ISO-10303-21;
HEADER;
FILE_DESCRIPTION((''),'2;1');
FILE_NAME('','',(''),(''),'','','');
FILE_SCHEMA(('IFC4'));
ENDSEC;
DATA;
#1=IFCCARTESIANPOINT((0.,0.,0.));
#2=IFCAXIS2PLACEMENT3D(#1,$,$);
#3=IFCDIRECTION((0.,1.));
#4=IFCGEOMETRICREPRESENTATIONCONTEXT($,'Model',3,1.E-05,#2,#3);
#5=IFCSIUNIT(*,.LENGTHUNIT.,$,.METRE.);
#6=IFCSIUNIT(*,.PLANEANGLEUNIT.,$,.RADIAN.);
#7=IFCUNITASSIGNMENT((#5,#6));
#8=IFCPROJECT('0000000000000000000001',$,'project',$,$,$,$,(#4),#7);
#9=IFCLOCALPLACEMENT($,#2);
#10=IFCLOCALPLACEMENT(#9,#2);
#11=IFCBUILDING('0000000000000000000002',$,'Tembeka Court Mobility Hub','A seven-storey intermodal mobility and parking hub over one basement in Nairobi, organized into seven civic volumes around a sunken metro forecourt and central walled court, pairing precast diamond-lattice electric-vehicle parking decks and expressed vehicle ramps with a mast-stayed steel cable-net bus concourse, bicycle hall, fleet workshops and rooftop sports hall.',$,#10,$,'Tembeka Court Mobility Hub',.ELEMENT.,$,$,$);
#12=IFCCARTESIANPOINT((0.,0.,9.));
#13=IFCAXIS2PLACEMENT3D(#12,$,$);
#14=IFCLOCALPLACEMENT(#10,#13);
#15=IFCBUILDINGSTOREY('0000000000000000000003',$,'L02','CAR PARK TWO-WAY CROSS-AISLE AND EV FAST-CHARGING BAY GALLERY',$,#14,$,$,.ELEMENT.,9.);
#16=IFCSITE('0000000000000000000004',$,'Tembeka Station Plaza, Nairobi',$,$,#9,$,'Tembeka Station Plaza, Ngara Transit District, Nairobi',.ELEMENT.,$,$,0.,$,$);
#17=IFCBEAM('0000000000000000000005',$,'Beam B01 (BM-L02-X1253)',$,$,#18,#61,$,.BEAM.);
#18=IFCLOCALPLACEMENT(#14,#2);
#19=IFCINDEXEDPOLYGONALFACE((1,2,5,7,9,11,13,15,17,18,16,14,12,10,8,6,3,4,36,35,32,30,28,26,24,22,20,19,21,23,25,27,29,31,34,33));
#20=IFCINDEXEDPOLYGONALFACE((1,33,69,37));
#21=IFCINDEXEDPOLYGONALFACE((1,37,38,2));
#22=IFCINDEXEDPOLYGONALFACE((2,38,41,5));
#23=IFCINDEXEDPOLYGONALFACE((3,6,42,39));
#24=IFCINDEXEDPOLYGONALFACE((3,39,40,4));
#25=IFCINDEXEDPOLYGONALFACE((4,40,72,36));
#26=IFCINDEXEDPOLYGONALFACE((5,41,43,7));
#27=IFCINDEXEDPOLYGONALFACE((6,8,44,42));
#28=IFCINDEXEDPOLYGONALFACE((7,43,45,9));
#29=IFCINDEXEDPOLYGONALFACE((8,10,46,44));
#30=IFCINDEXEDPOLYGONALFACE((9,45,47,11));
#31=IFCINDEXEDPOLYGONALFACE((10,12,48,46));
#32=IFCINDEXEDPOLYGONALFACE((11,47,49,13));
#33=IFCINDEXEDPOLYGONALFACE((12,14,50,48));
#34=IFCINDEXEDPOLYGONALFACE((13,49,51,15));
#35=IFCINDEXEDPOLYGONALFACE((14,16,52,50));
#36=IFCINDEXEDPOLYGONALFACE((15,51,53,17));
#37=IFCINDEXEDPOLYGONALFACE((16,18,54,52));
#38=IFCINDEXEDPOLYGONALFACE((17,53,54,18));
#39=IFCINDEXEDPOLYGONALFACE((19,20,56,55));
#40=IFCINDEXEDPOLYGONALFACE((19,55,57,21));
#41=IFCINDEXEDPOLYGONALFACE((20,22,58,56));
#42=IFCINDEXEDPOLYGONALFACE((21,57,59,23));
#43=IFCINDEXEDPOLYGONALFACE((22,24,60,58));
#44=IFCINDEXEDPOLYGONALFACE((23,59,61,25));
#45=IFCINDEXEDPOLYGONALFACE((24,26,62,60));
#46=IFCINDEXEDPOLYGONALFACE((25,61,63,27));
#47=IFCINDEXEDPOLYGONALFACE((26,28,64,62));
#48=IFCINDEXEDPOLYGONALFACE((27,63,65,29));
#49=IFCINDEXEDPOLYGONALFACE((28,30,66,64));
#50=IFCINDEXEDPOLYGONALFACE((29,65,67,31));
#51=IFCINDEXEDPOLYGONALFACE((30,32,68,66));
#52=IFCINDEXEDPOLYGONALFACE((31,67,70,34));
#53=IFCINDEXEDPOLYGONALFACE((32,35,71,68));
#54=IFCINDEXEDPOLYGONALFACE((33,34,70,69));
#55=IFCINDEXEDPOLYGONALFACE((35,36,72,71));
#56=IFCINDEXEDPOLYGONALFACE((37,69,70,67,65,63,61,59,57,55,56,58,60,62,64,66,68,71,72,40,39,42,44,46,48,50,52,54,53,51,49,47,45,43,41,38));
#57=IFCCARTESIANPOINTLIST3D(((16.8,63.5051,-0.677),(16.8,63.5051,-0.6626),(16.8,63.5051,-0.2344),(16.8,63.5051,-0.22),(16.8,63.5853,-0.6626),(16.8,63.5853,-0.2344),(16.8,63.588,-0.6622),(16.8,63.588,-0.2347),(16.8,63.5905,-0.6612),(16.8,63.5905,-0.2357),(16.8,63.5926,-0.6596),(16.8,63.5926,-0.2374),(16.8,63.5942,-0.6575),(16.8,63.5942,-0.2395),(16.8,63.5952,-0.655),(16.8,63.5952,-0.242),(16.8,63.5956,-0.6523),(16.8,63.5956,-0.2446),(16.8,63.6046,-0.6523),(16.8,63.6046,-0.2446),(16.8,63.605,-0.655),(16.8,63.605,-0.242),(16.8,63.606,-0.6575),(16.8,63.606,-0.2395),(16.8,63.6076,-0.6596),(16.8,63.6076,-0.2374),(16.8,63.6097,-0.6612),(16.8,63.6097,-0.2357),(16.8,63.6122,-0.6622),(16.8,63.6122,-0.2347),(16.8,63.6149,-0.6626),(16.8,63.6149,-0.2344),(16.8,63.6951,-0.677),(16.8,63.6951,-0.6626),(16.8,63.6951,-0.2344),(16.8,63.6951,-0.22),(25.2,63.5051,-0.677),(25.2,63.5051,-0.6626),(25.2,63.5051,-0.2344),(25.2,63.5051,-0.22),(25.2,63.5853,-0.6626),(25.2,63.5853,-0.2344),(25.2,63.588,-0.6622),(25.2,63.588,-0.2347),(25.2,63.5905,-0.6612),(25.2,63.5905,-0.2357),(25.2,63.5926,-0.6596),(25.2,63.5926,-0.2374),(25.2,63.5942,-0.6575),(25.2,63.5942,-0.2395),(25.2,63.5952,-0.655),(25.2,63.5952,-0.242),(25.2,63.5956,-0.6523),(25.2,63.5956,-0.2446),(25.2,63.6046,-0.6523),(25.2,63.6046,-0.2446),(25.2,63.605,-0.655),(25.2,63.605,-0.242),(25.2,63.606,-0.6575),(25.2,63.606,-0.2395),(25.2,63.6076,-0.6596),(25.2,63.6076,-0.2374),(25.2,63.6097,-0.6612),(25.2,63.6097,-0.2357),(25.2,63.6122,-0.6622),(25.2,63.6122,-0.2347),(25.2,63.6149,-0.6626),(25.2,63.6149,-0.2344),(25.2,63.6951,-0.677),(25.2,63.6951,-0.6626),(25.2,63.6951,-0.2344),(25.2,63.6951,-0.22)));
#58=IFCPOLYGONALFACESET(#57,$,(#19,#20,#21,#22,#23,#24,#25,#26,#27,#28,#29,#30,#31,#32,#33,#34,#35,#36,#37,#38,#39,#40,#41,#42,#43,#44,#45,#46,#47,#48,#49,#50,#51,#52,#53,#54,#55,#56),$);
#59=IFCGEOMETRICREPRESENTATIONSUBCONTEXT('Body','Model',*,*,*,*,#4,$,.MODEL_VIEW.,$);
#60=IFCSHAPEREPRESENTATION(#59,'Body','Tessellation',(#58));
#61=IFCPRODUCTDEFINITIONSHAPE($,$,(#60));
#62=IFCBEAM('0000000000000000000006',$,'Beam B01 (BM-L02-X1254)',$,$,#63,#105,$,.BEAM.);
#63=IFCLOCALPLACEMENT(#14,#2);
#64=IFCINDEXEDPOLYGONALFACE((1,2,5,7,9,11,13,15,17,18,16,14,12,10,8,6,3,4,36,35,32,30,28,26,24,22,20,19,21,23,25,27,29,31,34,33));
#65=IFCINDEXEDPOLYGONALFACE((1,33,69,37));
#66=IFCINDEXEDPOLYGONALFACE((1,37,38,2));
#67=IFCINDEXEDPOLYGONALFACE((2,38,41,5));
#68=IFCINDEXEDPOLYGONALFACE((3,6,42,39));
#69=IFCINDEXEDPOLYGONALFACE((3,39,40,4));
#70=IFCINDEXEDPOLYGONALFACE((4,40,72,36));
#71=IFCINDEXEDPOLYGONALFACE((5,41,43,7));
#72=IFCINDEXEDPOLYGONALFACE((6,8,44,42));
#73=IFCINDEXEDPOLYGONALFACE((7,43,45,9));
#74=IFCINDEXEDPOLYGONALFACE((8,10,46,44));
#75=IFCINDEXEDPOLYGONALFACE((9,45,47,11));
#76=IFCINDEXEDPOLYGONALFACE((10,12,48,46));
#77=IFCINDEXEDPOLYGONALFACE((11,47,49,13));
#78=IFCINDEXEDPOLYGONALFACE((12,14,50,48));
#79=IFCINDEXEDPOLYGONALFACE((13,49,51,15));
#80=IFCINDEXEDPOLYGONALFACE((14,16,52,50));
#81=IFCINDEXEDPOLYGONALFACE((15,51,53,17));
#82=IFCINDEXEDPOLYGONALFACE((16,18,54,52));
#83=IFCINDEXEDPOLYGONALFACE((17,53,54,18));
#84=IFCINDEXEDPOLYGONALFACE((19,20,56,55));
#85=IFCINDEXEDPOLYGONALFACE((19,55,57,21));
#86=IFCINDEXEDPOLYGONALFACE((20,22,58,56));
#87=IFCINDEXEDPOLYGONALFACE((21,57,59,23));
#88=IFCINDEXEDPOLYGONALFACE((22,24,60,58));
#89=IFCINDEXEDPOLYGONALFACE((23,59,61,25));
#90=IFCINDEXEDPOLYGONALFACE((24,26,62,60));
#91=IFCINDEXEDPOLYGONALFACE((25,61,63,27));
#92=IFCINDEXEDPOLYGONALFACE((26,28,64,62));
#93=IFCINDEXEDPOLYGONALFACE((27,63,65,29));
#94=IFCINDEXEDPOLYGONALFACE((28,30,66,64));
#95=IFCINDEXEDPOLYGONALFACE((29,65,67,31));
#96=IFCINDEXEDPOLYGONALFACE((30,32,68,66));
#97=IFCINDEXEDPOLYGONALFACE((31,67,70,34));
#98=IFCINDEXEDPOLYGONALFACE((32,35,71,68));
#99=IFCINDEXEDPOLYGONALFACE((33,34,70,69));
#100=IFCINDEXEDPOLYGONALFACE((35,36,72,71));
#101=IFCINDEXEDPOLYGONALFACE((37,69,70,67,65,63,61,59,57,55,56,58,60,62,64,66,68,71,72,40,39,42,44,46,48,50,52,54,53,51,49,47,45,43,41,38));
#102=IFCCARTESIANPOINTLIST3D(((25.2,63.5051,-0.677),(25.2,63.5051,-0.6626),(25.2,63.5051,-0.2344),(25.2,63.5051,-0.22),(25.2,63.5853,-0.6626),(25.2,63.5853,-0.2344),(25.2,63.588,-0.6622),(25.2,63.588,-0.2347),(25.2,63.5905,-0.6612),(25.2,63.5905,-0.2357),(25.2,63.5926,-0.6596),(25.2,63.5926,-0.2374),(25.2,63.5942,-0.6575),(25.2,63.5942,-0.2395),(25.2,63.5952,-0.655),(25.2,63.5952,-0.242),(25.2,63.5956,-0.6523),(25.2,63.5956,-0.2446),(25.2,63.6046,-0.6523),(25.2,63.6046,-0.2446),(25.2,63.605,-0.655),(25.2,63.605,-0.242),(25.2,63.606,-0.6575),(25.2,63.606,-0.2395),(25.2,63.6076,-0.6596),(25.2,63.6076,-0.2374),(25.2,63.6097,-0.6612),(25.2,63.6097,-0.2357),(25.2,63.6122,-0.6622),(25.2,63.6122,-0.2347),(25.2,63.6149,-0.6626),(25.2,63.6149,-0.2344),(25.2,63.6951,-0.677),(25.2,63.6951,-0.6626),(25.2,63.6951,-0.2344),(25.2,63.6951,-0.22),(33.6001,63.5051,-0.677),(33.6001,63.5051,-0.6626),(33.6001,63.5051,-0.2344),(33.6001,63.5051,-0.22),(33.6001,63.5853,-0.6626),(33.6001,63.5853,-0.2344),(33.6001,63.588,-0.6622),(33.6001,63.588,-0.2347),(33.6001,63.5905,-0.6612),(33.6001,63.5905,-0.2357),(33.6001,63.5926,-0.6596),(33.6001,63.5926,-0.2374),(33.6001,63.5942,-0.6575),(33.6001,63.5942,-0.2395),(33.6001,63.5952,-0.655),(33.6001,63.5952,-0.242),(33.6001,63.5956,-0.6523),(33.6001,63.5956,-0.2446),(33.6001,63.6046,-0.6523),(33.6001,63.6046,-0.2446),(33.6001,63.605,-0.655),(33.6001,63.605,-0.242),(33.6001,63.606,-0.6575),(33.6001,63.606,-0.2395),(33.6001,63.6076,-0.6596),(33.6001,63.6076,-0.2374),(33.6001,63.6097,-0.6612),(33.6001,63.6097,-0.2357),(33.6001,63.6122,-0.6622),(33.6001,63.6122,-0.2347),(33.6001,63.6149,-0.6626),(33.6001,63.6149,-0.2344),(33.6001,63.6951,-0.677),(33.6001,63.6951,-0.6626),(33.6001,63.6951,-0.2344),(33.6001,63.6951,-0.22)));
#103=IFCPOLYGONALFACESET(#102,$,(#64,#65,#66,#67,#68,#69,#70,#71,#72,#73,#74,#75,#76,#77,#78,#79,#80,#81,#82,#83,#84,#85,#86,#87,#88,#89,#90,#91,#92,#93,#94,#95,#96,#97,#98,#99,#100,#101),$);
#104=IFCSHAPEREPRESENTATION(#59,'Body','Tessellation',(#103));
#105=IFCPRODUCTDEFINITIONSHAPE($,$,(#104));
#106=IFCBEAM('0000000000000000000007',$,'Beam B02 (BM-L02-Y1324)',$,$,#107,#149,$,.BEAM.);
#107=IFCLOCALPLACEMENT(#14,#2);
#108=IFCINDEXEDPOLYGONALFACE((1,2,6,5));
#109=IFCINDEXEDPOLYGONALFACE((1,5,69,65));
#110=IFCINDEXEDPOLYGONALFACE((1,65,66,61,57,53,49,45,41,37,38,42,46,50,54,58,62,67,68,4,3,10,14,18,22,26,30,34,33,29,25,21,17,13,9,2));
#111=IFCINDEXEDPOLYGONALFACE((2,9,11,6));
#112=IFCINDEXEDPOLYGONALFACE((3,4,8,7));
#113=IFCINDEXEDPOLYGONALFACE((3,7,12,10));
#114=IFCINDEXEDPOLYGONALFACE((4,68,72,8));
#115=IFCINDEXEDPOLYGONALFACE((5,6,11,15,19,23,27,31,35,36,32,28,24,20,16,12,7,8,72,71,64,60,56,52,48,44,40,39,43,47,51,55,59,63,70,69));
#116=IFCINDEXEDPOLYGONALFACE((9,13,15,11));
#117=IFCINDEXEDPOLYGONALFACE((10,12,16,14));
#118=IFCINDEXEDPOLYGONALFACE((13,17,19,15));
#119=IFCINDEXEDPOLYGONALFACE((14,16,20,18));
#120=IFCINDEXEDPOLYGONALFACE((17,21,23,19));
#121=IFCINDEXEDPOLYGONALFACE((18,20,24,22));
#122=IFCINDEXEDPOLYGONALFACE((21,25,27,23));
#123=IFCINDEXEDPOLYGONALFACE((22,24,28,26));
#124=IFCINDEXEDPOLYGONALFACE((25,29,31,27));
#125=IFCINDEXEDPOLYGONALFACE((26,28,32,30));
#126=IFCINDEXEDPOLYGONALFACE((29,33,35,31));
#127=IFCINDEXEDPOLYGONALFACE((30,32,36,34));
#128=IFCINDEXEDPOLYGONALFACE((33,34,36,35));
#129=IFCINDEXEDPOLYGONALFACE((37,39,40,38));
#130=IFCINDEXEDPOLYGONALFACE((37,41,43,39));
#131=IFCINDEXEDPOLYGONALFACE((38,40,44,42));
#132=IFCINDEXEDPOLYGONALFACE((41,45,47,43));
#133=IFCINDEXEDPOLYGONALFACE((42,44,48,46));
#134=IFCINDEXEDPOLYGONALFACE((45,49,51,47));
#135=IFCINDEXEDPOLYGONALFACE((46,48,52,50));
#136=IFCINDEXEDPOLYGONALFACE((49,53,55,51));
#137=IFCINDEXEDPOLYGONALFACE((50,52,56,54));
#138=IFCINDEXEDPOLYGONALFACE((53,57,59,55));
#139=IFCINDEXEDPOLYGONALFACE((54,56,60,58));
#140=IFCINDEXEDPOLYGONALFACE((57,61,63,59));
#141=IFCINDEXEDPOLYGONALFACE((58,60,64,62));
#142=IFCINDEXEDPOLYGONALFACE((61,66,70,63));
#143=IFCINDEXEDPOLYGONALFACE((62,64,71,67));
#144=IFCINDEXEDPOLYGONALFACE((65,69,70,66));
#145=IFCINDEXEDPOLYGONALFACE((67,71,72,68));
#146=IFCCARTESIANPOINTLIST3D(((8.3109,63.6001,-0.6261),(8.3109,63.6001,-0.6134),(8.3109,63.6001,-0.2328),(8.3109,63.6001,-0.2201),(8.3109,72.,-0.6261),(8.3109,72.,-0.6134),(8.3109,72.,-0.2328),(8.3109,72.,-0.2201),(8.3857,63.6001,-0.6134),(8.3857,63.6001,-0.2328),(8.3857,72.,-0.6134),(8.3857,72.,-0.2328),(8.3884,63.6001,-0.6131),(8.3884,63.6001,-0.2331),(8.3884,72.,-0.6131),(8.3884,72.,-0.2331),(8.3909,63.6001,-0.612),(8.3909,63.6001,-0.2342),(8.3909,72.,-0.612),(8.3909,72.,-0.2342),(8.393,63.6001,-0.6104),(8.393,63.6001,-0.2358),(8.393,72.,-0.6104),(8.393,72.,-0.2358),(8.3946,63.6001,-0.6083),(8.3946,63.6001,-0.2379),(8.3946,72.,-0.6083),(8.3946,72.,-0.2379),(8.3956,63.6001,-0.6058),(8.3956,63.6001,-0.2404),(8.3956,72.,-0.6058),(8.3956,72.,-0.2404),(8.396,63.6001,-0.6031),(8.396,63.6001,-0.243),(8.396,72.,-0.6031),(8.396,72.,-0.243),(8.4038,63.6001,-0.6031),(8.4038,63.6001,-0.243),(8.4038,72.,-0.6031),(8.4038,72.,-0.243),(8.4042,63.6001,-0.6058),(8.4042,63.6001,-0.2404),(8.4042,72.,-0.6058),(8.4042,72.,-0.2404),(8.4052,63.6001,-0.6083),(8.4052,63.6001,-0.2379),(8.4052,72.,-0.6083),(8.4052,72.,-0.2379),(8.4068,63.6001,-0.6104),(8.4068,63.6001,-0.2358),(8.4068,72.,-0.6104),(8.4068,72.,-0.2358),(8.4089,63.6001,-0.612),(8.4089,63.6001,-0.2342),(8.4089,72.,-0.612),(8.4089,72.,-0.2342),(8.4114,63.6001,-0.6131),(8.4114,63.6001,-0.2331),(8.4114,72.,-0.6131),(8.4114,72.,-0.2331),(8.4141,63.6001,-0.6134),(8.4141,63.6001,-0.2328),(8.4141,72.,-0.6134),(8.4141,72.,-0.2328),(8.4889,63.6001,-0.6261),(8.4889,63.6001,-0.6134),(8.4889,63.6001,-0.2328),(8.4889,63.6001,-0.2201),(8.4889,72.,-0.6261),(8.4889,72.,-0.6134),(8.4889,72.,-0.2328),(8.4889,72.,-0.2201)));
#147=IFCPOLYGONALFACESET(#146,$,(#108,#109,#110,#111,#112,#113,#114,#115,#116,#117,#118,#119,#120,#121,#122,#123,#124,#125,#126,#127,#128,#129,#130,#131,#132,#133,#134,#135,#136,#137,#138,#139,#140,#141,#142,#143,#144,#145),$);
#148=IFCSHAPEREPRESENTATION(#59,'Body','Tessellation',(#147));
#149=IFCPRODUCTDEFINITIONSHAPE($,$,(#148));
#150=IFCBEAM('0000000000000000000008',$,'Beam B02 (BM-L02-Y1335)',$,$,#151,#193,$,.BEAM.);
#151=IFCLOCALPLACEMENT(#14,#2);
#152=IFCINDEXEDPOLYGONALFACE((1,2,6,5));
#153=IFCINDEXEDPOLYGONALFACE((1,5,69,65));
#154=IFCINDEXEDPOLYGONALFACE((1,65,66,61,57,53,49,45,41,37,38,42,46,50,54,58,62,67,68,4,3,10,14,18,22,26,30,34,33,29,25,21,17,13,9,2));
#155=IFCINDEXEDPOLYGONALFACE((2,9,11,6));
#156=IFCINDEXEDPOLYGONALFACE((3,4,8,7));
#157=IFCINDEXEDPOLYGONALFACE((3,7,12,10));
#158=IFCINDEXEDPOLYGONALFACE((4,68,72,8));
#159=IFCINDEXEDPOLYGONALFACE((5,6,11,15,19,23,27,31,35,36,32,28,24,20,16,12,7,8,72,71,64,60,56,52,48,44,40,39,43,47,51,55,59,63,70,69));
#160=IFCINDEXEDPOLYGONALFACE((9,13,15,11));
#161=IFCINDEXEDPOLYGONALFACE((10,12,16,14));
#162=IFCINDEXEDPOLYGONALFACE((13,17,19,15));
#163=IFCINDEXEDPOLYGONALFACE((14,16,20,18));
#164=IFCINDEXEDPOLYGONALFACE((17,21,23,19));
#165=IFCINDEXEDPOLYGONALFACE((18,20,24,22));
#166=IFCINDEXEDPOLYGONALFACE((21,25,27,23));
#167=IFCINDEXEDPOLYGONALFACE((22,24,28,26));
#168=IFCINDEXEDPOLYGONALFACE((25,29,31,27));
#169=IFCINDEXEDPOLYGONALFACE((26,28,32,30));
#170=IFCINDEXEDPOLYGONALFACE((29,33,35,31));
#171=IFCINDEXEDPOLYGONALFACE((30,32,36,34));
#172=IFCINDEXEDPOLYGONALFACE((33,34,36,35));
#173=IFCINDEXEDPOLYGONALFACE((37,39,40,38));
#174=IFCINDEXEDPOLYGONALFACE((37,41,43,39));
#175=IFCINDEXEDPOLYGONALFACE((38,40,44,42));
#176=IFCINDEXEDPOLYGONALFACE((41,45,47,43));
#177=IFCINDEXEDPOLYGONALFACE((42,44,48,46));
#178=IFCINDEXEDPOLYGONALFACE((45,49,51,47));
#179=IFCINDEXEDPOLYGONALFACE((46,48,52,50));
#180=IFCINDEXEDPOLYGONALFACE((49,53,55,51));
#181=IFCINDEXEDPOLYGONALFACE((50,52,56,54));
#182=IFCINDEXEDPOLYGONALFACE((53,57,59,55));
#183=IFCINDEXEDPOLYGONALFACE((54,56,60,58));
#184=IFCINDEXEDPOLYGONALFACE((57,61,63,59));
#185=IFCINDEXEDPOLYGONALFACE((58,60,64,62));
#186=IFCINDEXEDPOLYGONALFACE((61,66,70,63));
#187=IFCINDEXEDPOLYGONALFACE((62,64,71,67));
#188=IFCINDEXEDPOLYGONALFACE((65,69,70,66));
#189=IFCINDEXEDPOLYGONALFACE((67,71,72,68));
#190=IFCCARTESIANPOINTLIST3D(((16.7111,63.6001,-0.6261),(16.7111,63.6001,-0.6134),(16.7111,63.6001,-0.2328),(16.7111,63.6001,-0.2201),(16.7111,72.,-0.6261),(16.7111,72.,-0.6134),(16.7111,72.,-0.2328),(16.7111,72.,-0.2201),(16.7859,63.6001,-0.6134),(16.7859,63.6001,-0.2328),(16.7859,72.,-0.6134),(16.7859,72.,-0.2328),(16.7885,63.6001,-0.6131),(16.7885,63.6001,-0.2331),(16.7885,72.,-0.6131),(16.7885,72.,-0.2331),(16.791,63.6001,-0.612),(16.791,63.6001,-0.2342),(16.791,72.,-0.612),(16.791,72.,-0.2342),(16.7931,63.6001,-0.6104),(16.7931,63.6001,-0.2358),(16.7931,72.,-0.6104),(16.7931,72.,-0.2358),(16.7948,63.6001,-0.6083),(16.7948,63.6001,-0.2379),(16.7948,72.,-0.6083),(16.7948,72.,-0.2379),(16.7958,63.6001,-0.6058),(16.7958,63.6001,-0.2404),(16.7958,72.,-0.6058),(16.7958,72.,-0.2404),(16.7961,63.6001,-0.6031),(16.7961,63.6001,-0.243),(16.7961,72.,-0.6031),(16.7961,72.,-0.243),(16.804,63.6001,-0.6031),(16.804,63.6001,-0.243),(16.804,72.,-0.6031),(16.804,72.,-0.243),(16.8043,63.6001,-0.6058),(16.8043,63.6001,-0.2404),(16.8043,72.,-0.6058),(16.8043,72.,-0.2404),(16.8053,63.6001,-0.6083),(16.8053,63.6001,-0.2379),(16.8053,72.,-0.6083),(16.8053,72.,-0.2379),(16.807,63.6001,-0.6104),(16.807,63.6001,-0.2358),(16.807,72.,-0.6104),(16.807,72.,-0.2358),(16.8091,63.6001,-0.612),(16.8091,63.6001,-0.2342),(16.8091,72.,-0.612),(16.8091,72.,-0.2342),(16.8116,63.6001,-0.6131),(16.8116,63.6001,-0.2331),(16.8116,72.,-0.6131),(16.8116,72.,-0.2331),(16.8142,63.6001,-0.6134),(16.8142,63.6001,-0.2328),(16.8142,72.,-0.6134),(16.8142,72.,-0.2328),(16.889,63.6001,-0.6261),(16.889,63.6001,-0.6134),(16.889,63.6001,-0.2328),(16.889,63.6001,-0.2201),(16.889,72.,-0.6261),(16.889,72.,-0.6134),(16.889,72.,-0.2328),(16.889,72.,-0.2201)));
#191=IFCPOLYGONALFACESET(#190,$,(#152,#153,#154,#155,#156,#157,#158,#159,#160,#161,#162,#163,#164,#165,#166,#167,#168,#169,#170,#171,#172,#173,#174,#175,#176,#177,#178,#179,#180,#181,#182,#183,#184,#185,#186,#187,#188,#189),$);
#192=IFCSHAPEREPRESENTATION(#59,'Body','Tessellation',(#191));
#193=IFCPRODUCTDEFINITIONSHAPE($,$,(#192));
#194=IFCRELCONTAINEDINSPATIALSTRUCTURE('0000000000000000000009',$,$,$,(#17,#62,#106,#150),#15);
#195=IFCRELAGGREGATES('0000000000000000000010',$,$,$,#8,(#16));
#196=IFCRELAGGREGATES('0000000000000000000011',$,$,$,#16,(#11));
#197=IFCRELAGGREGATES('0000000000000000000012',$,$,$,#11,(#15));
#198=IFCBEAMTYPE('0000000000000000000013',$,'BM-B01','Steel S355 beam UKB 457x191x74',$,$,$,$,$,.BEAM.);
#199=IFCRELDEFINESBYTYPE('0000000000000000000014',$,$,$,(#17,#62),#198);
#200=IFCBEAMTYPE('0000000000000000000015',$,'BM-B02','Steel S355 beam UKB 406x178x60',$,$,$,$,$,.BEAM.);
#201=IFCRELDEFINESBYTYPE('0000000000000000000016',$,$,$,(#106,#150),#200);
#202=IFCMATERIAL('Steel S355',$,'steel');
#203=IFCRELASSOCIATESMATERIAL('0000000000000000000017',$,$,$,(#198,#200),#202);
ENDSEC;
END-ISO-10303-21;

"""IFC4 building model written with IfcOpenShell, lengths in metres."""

from ifc_helpers import new_model, si_unit, direction, frame, origin, origin_2d, place, context, subcontext, project, spatial, i_section, extrude, material, material_profile, profile_set, type_object, element, save


model = new_model("IFC4")

# Units and contexts
model_context = context("Model", 3, precision=1e-05, world=origin(), true_north=direction((0.0, 1.0)))
body_context = subcontext(model_context, "Body", "Model", "MODEL_VIEW")
ifc_project = project(units=[si_unit("LENGTHUNIT", "METRE"), si_unit("PLANEANGLEUNIT", "RADIAN")], contexts=[model_context])

# Site, building, storey
site_placement = place(None, origin())
site = spatial("IfcSite", under=ifc_project, at=site_placement, Name="Tembeka Station Plaza, Nairobi", LongName="Tembeka Station Plaza, Ngara Transit District, Nairobi", CompositionType="ELEMENT", RefElevation=0.0)
building_placement = place(site_placement, origin())
building = spatial("IfcBuilding", under=site, at=building_placement, Name="Tembeka Court Mobility Hub", Description="A seven-storey intermodal mobility and parking hub over one basement in Nairobi, organized into seven civic volumes around a sunken metro forecourt and central walled court, pairing precast diamond-lattice electric-vehicle parking decks and expressed vehicle ramps with a mast-stayed steel cable-net bus concourse, bicycle hall, fleet workshops and rooftop sports hall.", LongName="Tembeka Court Mobility Hub", CompositionType="ELEMENT")
storey_placement = place(building_placement, frame((0.0, 0.0, 9.0)))
storey = spatial("IfcBuildingStorey", under=building, at=storey_placement, Name="L02", Description="CAR PARK TWO-WAY CROSS-AISLE AND EV FAST-CHARGING BAY GALLERY", CompositionType="ELEMENT", Elevation=9.0)

# Shared definitions
ifc_material_1 = material(Name="Steel S355", Category="steel")

# Beams
ifc_material_profile_1 = material_profile(ifc_material_1, i_section(OverallWidth=0.1899, OverallDepth=0.457, WebThickness=0.009, FlangeThickness=0.0144, FilletRadius=0.0103, at=origin_2d()), Name="UKB 457x191x74")
ifc_profile_set_1 = profile_set([ifc_material_profile_1], Name="Steel S355")
beam_type_1 = type_object("IfcBeamType", Name="BM-B01", Description="Steel S355 beam UKB 457x191x74", PredefinedType="BEAM", material=ifc_profile_set_1)
beam_1_placement = place(storey_placement, frame((16.8, 63.6001, -0.4485), z_axis=(1.0, 0.0, 0.0), x_axis=(0.0, 1.0, 0.0)))
element("IfcBeam", 1, at=beam_1_placement, inside=storey, type_object=beam_type_1, Name="Beam B01 (BM-L02-X1253)", PredefinedType="BEAM", context=body_context, shape_type="SweptSolid", body=[
    extrude(i_section(OverallWidth=0.1899, OverallDepth=0.457, WebThickness=0.009, FlangeThickness=0.0144, FilletRadius=0.0103, at=origin_2d()), origin(), (0.0, 0.0, 1.0), 8.3999),
])
beam_2_placement = place(storey_placement, frame((25.2, 63.6001, -0.4485), z_axis=(1.0, 0.0, 0.0), x_axis=(0.0, 1.0, 0.0)))
element("IfcBeam", 2, at=beam_2_placement, inside=storey, type_object=beam_type_1, Name="Beam B01 (BM-L02-X1254)", PredefinedType="BEAM", context=body_context, shape_type="SweptSolid", body=[
    extrude(i_section(OverallWidth=0.1899, OverallDepth=0.457, WebThickness=0.009, FlangeThickness=0.0144, FilletRadius=0.0103, at=origin_2d()), origin(), (0.0, 0.0, 1.0), 8.4001),
])
ifc_material_profile_2 = material_profile(ifc_material_1, i_section(OverallWidth=0.178, OverallDepth=0.406, WebThickness=0.0078, FlangeThickness=0.0127, FilletRadius=0.0103, at=origin_2d()), Name="UKB 406x178x60")
ifc_profile_set_2 = profile_set([ifc_material_profile_2], Name="Steel S355")
beam_type_2 = type_object("IfcBeamType", Name="BM-B02", Description="Steel S355 beam UKB 406x178x60", PredefinedType="BEAM", material=ifc_profile_set_2)
for number, where, z_axis, x_axis, name in (
    (3, (8.3999, 63.6001, -0.4231), (0.0, 1.0, 0.0), (-1.0, 0.0, 0.0), "Beam B02 (BM-L02-Y1324)"),
    (4, (16.8, 63.6001, -0.4231), (0.0, 1.0, 0.0), (-1.0, 0.0, 0.0), "Beam B02 (BM-L02-Y1335)"),
):
    element("IfcBeam", number, at=place(storey_placement, frame(where, z_axis=z_axis, x_axis=x_axis)), inside=storey, type_object=beam_type_2, Name=name, PredefinedType="BEAM", context=body_context, shape_type="SweptSolid", body=[
        extrude(i_section(OverallWidth=0.178, OverallDepth=0.406, WebThickness=0.0078, FlangeThickness=0.0127, FilletRadius=0.0103, at=origin_2d()), origin(), (0.0, 0.0, 1.0), 8.3999),
    ])

save(model, "model.ifc")
